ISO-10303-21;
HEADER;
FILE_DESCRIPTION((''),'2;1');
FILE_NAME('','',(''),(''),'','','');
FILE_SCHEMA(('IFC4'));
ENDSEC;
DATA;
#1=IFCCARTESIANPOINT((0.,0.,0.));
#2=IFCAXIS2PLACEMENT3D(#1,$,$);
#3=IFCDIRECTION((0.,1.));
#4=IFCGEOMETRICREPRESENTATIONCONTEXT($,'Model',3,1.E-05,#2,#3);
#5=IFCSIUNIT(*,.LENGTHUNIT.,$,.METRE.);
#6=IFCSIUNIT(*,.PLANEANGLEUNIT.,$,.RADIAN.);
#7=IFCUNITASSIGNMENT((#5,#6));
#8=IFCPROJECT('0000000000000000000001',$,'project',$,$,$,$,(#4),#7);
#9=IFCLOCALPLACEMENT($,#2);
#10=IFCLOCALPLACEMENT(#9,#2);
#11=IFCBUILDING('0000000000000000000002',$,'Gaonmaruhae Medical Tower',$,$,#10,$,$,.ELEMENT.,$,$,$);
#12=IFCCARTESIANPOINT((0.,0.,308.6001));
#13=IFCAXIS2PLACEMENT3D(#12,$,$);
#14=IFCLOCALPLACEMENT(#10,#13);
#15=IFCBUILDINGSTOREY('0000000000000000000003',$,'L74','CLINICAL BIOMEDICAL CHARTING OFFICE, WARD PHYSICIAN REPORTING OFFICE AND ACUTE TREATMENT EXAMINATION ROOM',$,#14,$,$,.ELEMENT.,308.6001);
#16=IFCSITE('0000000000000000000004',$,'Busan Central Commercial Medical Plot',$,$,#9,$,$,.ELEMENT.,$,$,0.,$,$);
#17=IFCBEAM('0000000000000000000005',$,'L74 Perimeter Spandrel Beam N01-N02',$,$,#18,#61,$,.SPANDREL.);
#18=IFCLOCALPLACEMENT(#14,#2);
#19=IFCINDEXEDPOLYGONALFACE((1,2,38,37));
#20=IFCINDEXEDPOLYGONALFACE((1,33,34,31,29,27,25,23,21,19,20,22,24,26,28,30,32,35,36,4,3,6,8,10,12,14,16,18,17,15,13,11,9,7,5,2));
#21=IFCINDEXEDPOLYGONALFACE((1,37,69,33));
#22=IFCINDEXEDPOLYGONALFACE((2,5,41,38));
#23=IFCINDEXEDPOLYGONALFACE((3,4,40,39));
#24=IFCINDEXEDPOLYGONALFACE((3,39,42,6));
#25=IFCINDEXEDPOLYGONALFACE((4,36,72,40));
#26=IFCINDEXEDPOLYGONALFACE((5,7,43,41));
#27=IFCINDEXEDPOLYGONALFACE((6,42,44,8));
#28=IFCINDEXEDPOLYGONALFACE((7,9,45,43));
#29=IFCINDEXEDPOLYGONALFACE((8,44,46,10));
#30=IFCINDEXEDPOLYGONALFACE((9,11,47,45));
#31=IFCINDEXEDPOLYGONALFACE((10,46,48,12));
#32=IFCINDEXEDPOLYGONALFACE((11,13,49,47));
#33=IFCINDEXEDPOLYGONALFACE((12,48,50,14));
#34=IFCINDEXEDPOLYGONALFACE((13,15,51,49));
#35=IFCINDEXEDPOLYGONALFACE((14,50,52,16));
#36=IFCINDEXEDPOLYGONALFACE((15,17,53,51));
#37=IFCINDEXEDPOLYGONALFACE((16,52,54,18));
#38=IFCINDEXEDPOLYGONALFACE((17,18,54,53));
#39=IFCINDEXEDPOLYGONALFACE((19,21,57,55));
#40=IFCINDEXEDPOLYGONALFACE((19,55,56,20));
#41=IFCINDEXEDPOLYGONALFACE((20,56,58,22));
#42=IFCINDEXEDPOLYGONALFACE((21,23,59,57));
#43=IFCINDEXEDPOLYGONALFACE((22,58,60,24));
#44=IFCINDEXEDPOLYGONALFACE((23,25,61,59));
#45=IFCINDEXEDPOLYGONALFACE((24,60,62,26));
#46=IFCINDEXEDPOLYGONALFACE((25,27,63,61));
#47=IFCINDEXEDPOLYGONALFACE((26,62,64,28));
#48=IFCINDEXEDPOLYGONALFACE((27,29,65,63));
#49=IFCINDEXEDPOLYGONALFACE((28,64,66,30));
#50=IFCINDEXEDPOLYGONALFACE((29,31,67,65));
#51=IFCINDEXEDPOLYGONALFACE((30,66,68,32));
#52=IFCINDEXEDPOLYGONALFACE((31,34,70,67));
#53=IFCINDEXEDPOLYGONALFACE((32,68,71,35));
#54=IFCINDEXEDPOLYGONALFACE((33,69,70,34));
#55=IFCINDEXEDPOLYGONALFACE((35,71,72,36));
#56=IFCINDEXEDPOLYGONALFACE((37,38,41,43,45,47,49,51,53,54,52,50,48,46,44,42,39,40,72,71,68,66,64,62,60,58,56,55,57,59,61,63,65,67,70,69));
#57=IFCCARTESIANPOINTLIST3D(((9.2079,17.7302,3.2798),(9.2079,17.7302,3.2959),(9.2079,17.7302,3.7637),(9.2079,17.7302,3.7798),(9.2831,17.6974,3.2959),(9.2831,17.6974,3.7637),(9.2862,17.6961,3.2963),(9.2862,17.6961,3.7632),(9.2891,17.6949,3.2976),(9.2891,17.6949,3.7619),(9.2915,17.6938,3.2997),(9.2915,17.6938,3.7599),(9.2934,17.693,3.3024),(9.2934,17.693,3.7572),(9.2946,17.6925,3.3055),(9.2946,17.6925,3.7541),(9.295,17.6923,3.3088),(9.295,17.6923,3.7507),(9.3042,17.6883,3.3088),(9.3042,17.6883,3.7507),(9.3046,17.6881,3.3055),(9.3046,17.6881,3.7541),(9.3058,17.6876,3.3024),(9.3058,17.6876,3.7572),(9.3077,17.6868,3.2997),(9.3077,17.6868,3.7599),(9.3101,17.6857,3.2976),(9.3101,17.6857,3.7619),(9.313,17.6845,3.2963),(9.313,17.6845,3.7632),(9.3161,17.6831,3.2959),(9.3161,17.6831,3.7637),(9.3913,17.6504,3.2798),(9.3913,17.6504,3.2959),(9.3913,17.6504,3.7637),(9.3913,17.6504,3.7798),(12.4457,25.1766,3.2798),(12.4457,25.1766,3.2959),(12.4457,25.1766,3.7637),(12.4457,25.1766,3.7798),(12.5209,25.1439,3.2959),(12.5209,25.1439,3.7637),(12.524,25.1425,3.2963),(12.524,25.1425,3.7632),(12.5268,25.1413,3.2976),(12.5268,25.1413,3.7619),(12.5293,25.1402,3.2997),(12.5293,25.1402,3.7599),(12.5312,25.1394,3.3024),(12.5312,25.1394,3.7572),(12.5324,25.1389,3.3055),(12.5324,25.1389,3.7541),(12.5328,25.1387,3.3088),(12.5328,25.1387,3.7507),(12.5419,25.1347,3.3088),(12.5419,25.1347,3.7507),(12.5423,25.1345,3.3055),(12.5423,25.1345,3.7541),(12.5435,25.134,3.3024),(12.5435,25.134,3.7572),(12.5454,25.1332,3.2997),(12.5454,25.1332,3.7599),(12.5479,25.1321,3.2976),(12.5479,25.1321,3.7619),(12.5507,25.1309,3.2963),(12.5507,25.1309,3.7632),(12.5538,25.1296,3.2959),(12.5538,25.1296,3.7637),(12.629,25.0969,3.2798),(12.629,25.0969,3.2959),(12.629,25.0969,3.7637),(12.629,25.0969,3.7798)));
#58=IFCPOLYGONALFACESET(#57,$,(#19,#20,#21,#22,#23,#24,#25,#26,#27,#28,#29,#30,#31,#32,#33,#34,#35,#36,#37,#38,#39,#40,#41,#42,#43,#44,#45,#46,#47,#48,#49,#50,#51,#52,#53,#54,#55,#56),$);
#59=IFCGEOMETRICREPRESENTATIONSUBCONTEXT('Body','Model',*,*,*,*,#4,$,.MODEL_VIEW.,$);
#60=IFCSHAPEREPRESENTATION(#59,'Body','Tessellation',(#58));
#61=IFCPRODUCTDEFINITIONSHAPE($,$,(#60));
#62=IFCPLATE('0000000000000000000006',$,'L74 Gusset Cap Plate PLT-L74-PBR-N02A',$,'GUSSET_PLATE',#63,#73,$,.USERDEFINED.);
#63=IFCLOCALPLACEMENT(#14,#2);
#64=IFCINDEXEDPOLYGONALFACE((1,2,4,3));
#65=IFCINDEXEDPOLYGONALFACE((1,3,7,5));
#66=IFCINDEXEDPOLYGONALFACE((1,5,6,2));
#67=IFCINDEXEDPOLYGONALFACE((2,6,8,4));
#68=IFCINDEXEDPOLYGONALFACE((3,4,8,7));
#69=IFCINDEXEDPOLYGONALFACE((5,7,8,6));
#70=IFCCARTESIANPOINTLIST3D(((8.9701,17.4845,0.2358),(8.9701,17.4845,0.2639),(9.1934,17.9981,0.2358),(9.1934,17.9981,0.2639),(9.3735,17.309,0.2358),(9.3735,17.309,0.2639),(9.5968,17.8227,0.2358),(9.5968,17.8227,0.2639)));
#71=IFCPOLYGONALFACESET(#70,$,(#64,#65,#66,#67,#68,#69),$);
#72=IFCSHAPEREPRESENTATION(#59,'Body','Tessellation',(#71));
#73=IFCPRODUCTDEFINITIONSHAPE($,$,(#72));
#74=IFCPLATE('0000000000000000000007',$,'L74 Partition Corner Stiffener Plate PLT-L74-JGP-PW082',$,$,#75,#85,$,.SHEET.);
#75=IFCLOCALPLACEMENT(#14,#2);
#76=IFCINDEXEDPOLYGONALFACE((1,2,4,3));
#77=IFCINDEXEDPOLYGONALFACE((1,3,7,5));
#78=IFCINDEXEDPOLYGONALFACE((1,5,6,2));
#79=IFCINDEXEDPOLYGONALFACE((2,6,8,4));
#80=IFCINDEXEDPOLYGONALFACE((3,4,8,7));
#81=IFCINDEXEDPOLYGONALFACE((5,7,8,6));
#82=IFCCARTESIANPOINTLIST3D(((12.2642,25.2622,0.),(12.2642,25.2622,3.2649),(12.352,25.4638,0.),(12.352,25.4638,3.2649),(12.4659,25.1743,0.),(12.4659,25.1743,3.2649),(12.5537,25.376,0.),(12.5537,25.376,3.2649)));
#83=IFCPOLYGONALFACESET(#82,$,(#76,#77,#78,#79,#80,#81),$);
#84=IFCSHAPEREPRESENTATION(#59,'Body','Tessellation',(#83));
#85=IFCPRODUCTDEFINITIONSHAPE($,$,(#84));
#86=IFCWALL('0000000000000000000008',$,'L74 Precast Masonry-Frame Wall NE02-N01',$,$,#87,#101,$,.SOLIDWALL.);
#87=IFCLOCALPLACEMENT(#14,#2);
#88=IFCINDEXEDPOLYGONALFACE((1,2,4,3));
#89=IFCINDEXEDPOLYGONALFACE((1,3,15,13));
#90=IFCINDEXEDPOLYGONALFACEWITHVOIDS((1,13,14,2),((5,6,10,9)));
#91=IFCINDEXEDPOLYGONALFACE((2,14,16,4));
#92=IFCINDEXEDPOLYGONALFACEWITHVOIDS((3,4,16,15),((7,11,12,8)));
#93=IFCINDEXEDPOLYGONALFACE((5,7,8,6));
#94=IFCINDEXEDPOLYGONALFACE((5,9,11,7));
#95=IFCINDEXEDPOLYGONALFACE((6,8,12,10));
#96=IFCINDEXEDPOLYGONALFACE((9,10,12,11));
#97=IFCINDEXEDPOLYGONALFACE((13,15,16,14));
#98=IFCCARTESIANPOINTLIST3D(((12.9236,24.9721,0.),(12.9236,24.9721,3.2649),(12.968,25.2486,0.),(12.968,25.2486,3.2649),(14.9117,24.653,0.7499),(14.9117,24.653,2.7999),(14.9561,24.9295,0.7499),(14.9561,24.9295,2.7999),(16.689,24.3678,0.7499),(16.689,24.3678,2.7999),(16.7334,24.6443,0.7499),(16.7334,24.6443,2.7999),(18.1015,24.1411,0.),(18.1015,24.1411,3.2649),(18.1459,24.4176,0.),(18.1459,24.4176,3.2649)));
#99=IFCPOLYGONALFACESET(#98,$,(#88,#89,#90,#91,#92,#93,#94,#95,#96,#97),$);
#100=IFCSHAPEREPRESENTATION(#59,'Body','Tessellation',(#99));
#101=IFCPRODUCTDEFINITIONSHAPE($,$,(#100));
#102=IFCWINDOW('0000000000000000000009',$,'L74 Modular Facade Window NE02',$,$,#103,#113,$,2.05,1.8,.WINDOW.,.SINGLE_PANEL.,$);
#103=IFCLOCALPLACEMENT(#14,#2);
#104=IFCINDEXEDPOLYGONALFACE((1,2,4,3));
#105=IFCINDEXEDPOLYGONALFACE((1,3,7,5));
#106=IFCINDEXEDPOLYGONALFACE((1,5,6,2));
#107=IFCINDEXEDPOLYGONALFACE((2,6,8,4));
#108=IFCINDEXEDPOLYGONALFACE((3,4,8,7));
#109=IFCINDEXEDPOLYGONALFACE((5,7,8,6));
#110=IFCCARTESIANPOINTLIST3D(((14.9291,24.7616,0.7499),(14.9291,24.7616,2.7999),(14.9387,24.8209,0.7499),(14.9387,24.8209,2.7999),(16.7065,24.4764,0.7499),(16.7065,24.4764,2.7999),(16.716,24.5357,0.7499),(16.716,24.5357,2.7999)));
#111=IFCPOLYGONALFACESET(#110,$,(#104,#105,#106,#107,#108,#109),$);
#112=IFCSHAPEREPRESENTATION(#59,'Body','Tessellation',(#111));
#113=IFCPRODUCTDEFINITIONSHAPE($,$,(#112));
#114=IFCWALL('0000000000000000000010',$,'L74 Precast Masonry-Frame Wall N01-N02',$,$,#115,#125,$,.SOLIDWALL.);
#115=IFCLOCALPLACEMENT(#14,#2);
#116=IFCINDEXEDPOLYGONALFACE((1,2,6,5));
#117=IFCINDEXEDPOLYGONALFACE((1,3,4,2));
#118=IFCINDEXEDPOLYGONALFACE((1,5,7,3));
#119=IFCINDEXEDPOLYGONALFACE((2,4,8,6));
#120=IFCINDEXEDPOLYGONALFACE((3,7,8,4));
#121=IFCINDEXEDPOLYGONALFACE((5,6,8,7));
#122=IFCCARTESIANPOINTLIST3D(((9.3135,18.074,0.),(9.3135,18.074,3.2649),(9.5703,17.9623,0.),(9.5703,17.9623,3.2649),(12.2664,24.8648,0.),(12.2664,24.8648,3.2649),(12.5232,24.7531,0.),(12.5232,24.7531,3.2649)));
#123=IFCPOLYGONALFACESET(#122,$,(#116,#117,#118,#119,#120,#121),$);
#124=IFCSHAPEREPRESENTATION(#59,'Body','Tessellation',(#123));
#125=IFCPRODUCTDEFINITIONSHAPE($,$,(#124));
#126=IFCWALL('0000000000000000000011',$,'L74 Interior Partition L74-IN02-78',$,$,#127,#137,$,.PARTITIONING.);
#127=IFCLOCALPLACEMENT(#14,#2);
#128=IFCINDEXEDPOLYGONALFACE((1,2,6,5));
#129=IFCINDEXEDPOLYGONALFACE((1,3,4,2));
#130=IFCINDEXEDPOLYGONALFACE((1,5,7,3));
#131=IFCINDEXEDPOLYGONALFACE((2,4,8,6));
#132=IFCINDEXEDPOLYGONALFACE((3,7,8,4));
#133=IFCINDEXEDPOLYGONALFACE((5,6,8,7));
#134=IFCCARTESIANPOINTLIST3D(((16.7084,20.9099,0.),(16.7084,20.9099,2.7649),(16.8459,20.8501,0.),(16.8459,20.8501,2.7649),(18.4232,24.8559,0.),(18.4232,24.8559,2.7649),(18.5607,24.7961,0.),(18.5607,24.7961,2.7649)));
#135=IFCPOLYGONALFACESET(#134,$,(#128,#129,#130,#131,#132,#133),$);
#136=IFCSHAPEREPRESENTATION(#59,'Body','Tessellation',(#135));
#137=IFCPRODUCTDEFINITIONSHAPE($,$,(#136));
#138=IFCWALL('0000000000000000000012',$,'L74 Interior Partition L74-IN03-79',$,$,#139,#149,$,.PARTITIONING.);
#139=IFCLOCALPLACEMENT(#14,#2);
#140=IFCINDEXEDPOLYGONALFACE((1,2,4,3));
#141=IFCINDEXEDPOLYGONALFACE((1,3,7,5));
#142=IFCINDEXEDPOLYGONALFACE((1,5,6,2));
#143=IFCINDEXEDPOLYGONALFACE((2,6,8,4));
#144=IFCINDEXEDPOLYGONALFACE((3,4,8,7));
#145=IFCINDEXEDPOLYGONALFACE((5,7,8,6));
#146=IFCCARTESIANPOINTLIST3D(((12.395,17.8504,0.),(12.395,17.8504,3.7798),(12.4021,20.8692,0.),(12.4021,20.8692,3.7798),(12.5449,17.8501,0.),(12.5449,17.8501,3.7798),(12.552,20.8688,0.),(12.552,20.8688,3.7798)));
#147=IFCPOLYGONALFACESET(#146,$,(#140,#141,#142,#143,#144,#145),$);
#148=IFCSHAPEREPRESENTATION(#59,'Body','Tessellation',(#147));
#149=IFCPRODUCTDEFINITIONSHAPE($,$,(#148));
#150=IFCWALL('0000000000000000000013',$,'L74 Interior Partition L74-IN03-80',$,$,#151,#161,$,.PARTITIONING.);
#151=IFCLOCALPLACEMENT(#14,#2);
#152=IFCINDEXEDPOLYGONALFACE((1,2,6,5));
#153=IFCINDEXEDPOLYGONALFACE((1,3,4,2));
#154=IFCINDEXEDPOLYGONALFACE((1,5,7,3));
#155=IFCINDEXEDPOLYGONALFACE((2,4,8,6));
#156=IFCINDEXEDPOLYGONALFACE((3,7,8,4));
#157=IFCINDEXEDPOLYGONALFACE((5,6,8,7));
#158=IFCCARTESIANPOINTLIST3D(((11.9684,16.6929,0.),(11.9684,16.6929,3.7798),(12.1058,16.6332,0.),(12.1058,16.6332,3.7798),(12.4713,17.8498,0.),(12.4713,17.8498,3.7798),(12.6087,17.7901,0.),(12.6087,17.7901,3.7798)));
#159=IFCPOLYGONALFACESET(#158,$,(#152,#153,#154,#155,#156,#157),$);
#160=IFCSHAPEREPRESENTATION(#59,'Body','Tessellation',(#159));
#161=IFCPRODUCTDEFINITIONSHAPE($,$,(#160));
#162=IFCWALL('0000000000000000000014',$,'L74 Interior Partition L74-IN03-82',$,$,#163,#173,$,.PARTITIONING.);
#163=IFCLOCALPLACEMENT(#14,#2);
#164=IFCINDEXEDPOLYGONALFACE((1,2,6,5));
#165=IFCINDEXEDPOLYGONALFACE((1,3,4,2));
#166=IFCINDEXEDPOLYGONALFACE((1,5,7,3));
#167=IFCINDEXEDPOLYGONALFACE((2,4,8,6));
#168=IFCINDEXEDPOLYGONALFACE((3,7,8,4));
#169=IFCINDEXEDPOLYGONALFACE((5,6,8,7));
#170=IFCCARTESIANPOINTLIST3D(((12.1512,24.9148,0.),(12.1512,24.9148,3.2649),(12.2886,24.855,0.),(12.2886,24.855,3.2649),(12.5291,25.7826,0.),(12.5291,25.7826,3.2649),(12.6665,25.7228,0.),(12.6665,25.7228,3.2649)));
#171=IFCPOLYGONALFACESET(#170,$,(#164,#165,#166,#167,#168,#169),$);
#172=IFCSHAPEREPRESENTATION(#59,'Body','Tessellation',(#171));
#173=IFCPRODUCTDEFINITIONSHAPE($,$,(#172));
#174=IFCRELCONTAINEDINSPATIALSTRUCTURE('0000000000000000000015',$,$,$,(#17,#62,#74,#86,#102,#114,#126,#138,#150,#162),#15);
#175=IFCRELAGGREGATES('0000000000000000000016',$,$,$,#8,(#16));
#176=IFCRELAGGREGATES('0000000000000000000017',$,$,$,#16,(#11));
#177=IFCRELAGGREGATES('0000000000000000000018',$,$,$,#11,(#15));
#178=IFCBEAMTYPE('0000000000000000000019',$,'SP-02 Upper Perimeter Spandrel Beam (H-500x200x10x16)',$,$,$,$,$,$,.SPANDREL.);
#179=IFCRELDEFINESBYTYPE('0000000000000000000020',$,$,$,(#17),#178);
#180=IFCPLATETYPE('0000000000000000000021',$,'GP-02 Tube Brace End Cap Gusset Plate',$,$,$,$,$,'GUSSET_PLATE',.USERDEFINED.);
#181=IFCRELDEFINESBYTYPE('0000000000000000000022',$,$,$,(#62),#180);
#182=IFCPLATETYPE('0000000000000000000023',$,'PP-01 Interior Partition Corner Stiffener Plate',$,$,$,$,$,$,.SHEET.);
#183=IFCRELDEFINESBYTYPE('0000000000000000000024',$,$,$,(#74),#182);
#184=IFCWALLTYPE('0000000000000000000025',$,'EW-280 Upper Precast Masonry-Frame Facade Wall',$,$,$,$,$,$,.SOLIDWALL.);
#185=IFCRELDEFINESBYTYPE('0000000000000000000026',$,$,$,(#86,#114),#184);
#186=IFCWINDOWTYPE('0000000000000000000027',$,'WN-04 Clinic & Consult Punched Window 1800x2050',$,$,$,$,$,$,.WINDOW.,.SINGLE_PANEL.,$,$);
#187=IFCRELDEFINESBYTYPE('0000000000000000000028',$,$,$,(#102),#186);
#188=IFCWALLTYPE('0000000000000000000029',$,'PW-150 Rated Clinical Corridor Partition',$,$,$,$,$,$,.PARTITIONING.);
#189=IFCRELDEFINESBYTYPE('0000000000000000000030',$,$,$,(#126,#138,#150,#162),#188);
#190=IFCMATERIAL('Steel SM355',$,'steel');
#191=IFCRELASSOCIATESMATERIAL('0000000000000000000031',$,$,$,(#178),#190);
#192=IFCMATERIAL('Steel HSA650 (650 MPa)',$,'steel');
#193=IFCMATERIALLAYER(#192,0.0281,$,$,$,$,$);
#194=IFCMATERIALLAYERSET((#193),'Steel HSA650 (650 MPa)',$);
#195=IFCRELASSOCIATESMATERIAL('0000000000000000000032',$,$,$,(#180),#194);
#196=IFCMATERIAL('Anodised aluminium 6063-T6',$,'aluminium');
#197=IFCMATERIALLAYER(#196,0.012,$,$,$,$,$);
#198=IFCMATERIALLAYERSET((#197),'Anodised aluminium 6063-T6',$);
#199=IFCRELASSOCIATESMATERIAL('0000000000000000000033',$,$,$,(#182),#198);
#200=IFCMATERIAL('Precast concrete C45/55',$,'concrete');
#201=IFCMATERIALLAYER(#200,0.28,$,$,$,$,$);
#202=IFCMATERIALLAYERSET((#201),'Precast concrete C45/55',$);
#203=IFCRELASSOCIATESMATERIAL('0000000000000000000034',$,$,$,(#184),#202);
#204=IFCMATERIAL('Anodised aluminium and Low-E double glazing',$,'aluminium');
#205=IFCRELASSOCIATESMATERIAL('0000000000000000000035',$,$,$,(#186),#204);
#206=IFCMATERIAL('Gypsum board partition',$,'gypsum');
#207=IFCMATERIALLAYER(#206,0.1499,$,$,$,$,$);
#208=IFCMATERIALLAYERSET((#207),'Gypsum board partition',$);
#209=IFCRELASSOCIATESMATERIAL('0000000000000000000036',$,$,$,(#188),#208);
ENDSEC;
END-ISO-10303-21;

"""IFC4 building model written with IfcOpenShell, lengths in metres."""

from ifc_helpers import new_model, si_unit, direction, frame, frame_2d, origin, origin_2d, place, context, subcontext, project, spatial, rectangle, i_section, extrude, material, layer, layer_set, material_profile, profile_set, type_object, element, fill, save


model = new_model("IFC4")

# Units and contexts
model_context = context("Model", 3, precision=1e-05, world=origin(), true_north=direction((0.0, 1.0)))
body_context = subcontext(model_context, "Body", "Model", "MODEL_VIEW")
ifc_project = project(units=[si_unit("LENGTHUNIT", "METRE"), si_unit("PLANEANGLEUNIT", "RADIAN")], contexts=[model_context])

# Site, building, storey
site_placement = place(None, origin())
site = spatial("IfcSite", under=ifc_project, at=site_placement, Name="Busan Central Commercial Medical Plot", CompositionType="ELEMENT", RefElevation=0.0)
building_placement = place(site_placement, origin())
building = spatial("IfcBuilding", under=site, at=building_placement, Name="Gaonmaruhae Medical Tower", CompositionType="ELEMENT")
storey_placement = place(building_placement, frame((0.0, 0.0, 308.6001)))
storey = spatial("IfcBuildingStorey", under=building, at=storey_placement, Name="L74", Description="CLINICAL BIOMEDICAL CHARTING OFFICE, WARD PHYSICIAN REPORTING OFFICE AND ACUTE TREATMENT EXAMINATION ROOM", CompositionType="ELEMENT", Elevation=308.6001)

# Shared definitions
ifc_material_1 = material(Name="Steel SM355", Category="steel")

# Beam
ifc_material_profile_1 = material_profile(ifc_material_1, i_section(OverallWidth=0.2, OverallDepth=0.5, WebThickness=0.01, FlangeThickness=0.0161, FilletRadius=0.0129, at=origin_2d()), Name="H-500x200x10x16")
ifc_profile_set_1 = profile_set([ifc_material_profile_1], Name="Steel SM355")
beam_type_1 = type_object("IfcBeamType", Name="SP-02 Upper Perimeter Spandrel Beam (H-500x200x10x16)", PredefinedType="SPANDREL", material=ifc_profile_set_1)
beam_1_placement = place(storey_placement, frame((12.5374, 25.1367, 3.5298), z_axis=(-0.398744, -0.917062, 0.0), x_axis=(0.917062, -0.398744, 0.0)))
element("IfcBeam", 1, at=beam_1_placement, inside=storey, type_object=beam_type_1, Name="L74 Perimeter Spandrel Beam N01-N02", PredefinedType="SPANDREL", context=body_context, shape_type="SweptSolid", body=[
    extrude(i_section(OverallWidth=0.2, OverallDepth=0.5, WebThickness=0.01, FlangeThickness=0.0161, FilletRadius=0.0129, at=origin_2d()), origin(), (0.0, 0.0, 1.0), 8.1199),
])

# Plates
ifc_material_2 = material(Name="Steel HSA650 (650 MPa)", Category="steel")
ifc_layer_1 = layer(ifc_material_2, 0.0281)
ifc_layer_set_1 = layer_set([ifc_layer_1], Name="Steel HSA650 (650 MPa)")
plate_type_1 = type_object("IfcPlateType", Name="GP-02 Tube Brace End Cap Gusset Plate", ElementType="GUSSET_PLATE", PredefinedType="USERDEFINED", material=ifc_layer_set_1)
plate_1_placement = place(storey_placement, frame((9.2834, 17.6536, 0.2358), z_axis=(0.0, 0.0, 1.0), x_axis=(0.398749, 0.91706, 0.0)))
element("IfcPlate", 2, at=plate_1_placement, inside=storey, type_object=plate_type_1, Name="L74 Gusset Cap Plate PLT-L74-PBR-N02A", ObjectType="GUSSET_PLATE", PredefinedType="USERDEFINED", context=body_context, shape_type="SweptSolid", body=[
    extrude(rectangle(XDim=0.5601, YDim=0.4399, at=origin_2d()), origin(), (0.0, 0.0, 1.0), 0.0281),
])
ifc_material_3 = material(Name="Anodised aluminium 6063-T6", Category="aluminium")
ifc_layer_2 = layer(ifc_material_3, 0.012)
ifc_layer_set_2 = layer_set([ifc_layer_2], Name="Anodised aluminium 6063-T6")
plate_type_2 = type_object("IfcPlateType", Name="PP-01 Interior Partition Corner Stiffener Plate", PredefinedType="SHEET", material=ifc_layer_set_2)
plate_2_placement = place(storey_placement, frame((12.4089, 25.3191, 0.0), z_axis=(0.0, 0.0, 1.0), x_axis=(0.399261, 0.916837, 0.0)))
element("IfcPlate", 3, at=plate_2_placement, inside=storey, type_object=plate_type_2, Name="L74 Partition Corner Stiffener Plate PLT-L74-JGP-PW082", PredefinedType="SHEET", context=body_context, shape_type="SweptSolid", body=[
    extrude(rectangle(XDim=0.22, YDim=0.22, at=origin_2d()), origin(), (0.0, 0.0, 1.0), 3.2649),
])

# Wall, opening, window
ifc_material_4 = material(Name="Precast concrete C45/55", Category="concrete")
ifc_layer_3 = layer(ifc_material_4, 0.28)
ifc_layer_set_3 = layer_set([ifc_layer_3], Name="Precast concrete C45/55")
wall_type_1 = type_object("IfcWallType", Name="EW-280 Upper Precast Masonry-Frame Facade Wall", PredefinedType="SOLIDWALL", material=ifc_layer_set_3)
wall_1_placement = place(storey_placement, frame((12.9458, 25.1104, 0.0), z_axis=(0.0, 0.0, 1.0), x_axis=(0.987364, -0.15847, 0.0)))
wall_1 = element("IfcWall", 4, at=wall_1_placement, inside=storey, type_object=wall_type_1, Name="L74 Precast Masonry-Frame Wall NE02-N01", PredefinedType="SOLIDWALL", context=body_context, shape_type="SweptSolid", body=[
    extrude(rectangle(XDim=5.2441, YDim=0.28, at=frame_2d((2.6221, 0.0))), origin(), (0.0, 0.0, 1.0), 3.2649),
])
opening_1_placement = place(wall_1_placement, frame((2.0137, 0.0, 0.75)))
opening_1 = element("IfcOpeningElement", 5, at=opening_1_placement, cuts=wall_1, PredefinedType="OPENING", context=body_context, shape_type="SweptSolid", body=[
    extrude(rectangle(XDim=1.8, YDim=2.05, at=frame_2d((0.8999, 1.0249))), frame((0.0, 0.1499, 0.0), z_axis=(0.0, -1.0, 0.0), x_axis=(1.0, 0.0, 0.0)), (0.0, 0.0, 1.0), 0.3),
])
ifc_material_5 = material(Name="Anodised aluminium and Low-E double glazing", Category="aluminium")
window_type = type_object("IfcWindowType", Name="WN-04 Clinic & Consult Punched Window 1800x2050", PartitioningType="SINGLE_PANEL", PredefinedType="WINDOW", material=ifc_material_5)
window_placement = place(opening_1_placement, origin())
window = element("IfcWindow", 6, at=window_placement, inside=storey, type_object=window_type, Name="L74 Modular Facade Window NE02", OverallHeight=2.05, OverallWidth=1.8, PartitioningType="SINGLE_PANEL", PredefinedType="WINDOW", context=body_context, shape_type="SweptSolid", body=[
    extrude(rectangle(XDim=1.8, YDim=2.05, at=frame_2d((0.8999, 1.0249))), frame((0.0, 0.03, 0.0), z_axis=(0.0, -1.0, 0.0), x_axis=(1.0, 0.0, 0.0)), (0.0, 0.0, 1.0), 0.0601),
])
fill(opening_1, window)

# Walls
wall_2_placement = place(storey_placement, frame((9.4419, 18.0181, 0.0), z_axis=(0.0, 0.0, 1.0), x_axis=(0.398768, 0.917052, 0.0)))
element("IfcWall", 7, at=wall_2_placement, inside=storey, type_object=wall_type_1, Name="L74 Precast Masonry-Frame Wall N01-N02", PredefinedType="SOLIDWALL", context=body_context, shape_type="SweptSolid", body=[
    extrude(rectangle(XDim=7.405, YDim=0.28, at=frame_2d((3.7026, 0.0))), origin(), (0.0, 0.0, 1.0), 3.2649),
])
ifc_material_6 = material(Name="Gypsum board partition", Category="gypsum")
ifc_layer_4 = layer(ifc_material_6, 0.1499)
ifc_layer_set_4 = layer_set([ifc_layer_4], Name="Gypsum board partition")
wall_type_2 = type_object("IfcWallType", Name="PW-150 Rated Clinical Corridor Partition", PredefinedType="PARTITIONING", material=ifc_layer_set_4)
wall_3_placement = place(storey_placement, frame((16.7771, 20.8799, 0.0), z_axis=(0.0, 0.0, 1.0), x_axis=(0.398564, 0.91714, 0.0)))
element("IfcWall", 8, at=wall_3_placement, inside=storey, type_object=wall_type_2, Name="L74 Interior Partition L74-IN02-78", PredefinedType="PARTITIONING", context=body_context, shape_type="SweptSolid", body=[
    extrude(rectangle(XDim=4.3025, YDim=0.1499, at=frame_2d((2.1514, 0.0))), origin(), (0.0, 0.0, 1.0), 2.7649),
])
wall_4_placement = place(storey_placement, frame((12.4771, 20.8689, 0.0), z_axis=(0.0, 0.0, 1.0), x_axis=(-0.002345, -0.999997, 0.0)))
element("IfcWall", 9, at=wall_4_placement, inside=storey, type_object=wall_type_2, Name="L74 Interior Partition L74-IN03-79", PredefinedType="PARTITIONING", context=body_context, shape_type="SweptSolid", body=[
    extrude(rectangle(XDim=3.0188, YDim=0.1499, at=frame_2d((1.5093, 0.0))), origin(), (0.0, 0.0, 1.0), 3.7798),
])
wall_5_placement = place(storey_placement, frame((12.54, 17.8201, 0.0), z_axis=(0.0, 0.0, 1.0), x_axis=(-0.398655, -0.917101, 0.0)))
element("IfcWall", 10, at=wall_5_placement, inside=storey, type_object=wall_type_2, Name="L74 Interior Partition L74-IN03-80", PredefinedType="PARTITIONING", context=body_context, shape_type="SweptSolid", body=[
    extrude(rectangle(XDim=1.2615, YDim=0.1499, at=frame_2d((0.6309, 0.0))), origin(), (0.0, 0.0, 1.0), 3.7798),
])
wall_6_placement = place(storey_placement, frame((12.22, 24.885, 0.0), z_axis=(0.0, 0.0, 1.0), x_axis=(0.399235, 0.916849, 0.0)))
element("IfcWall", 11, at=wall_6_placement, inside=storey, type_object=wall_type_2, Name="L74 Interior Partition L74-IN03-82", PredefinedType="PARTITIONING", context=body_context, shape_type="SweptSolid", body=[
    extrude(rectangle(XDim=0.9465, YDim=0.1499, at=frame_2d((0.4731, 0.0))), origin(), (0.0, 0.0, 1.0), 3.2649),
])

save(model, "model.ifc")
